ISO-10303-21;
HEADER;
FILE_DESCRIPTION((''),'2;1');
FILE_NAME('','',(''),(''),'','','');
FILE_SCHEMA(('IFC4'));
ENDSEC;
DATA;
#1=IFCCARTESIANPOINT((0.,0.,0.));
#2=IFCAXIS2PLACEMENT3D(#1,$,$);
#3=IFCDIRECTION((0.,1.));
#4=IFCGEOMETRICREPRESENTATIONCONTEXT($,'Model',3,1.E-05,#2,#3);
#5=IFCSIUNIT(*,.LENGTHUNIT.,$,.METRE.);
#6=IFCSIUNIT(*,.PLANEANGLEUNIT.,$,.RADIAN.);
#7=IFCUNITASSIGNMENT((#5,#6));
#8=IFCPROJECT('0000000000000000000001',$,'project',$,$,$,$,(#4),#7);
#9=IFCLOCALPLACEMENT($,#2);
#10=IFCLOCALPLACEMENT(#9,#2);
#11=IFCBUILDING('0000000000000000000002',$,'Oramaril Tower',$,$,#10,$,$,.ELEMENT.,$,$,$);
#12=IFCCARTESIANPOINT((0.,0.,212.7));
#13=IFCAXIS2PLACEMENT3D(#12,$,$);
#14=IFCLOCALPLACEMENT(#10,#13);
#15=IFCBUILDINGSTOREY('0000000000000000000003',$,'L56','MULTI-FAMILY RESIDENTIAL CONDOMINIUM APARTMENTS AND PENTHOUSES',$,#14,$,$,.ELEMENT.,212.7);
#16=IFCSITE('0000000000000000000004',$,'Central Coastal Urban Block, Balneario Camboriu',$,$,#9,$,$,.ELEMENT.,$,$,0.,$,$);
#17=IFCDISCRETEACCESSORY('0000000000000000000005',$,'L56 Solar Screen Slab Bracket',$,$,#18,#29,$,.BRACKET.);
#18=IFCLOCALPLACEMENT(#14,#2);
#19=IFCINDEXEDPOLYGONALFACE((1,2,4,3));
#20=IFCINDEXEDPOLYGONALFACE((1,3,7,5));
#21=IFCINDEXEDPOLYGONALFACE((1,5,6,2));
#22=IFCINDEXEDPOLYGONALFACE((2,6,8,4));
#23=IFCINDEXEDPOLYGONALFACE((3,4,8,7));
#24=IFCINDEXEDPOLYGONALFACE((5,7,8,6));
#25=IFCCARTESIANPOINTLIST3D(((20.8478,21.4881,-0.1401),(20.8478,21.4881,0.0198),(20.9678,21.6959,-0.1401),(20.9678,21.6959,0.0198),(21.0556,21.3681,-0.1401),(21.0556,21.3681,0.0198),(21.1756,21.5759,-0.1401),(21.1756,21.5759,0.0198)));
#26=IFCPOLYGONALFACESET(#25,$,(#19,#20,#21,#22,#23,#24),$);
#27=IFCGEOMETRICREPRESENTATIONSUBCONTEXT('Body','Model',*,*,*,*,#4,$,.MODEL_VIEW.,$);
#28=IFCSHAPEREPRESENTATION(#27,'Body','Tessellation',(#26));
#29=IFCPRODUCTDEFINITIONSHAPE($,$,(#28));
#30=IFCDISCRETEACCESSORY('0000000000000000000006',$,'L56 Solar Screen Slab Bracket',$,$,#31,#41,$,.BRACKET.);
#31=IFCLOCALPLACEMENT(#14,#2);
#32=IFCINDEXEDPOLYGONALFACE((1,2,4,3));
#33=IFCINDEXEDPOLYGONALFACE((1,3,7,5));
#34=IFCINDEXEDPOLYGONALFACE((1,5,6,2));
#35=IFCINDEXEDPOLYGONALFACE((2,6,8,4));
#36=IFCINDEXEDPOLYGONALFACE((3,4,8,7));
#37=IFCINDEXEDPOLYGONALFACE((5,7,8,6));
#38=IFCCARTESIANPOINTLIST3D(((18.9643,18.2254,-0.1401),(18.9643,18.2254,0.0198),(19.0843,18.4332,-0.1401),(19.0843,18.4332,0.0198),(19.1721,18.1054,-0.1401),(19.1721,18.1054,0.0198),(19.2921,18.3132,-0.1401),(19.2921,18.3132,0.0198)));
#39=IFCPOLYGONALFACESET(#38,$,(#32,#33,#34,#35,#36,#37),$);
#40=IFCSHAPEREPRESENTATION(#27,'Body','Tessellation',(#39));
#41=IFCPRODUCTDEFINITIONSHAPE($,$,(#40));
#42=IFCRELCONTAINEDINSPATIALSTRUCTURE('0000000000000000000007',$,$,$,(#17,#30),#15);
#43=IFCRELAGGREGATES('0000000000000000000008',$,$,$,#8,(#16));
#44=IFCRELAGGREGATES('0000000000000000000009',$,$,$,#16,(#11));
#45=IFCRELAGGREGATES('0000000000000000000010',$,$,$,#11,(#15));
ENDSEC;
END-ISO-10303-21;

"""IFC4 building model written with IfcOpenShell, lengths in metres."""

from ifc_helpers import new_model, si_unit, direction, frame, origin, origin_2d, place, context, subcontext, project, spatial, rectangle, extrude, element, save


model = new_model("IFC4")

# Units and contexts
model_context = context("Model", 3, precision=1e-05, world=origin(), true_north=direction((0.0, 1.0)))
body_context = subcontext(model_context, "Body", "Model", "MODEL_VIEW")
ifc_project = project(units=[si_unit("LENGTHUNIT", "METRE"), si_unit("PLANEANGLEUNIT", "RADIAN")], contexts=[model_context])

# Site, building, storey
site_placement = place(None, origin())
site = spatial("IfcSite", under=ifc_project, at=site_placement, Name="Central Coastal Urban Block, Balneario Camboriu", CompositionType="ELEMENT", RefElevation=0.0)
building_placement = place(site_placement, origin())
building = spatial("IfcBuilding", under=site, at=building_placement, Name="Oramaril Tower", CompositionType="ELEMENT")
storey_placement = place(building_placement, frame((0.0, 0.0, 212.7)))
storey = spatial("IfcBuildingStorey", under=building, at=storey_placement, Name="L56", Description="MULTI-FAMILY RESIDENTIAL CONDOMINIUM APARTMENTS AND PENTHOUSES", CompositionType="ELEMENT", Elevation=212.7)

# Discrete accessories
for number, where, z_axis, x_axis, name in (
    (1, (21.0117, 21.532, -0.1401), (0.0, 0.0, 1.0), (-0.499998, -0.866026, 0.0), "L56 Solar Screen Slab Bracket"),
    (2, (19.1282, 18.2693, -0.1401), (0.0, 0.0, 1.0), (-0.499998, -0.866026, 0.0), "L56 Solar Screen Slab Bracket"),
):
    element("IfcDiscreteAccessory", number, at=place(storey_placement, frame(where, z_axis=z_axis, x_axis=x_axis)), inside=storey, Name=name, PredefinedType="BRACKET", context=body_context, shape_type="SweptSolid", body=[
        extrude(rectangle(XDim=0.24, YDim=0.24, at=origin_2d()), origin(), (0.0, 0.0, 1.0), 0.1599),
    ])

save(model, "model.ifc")
